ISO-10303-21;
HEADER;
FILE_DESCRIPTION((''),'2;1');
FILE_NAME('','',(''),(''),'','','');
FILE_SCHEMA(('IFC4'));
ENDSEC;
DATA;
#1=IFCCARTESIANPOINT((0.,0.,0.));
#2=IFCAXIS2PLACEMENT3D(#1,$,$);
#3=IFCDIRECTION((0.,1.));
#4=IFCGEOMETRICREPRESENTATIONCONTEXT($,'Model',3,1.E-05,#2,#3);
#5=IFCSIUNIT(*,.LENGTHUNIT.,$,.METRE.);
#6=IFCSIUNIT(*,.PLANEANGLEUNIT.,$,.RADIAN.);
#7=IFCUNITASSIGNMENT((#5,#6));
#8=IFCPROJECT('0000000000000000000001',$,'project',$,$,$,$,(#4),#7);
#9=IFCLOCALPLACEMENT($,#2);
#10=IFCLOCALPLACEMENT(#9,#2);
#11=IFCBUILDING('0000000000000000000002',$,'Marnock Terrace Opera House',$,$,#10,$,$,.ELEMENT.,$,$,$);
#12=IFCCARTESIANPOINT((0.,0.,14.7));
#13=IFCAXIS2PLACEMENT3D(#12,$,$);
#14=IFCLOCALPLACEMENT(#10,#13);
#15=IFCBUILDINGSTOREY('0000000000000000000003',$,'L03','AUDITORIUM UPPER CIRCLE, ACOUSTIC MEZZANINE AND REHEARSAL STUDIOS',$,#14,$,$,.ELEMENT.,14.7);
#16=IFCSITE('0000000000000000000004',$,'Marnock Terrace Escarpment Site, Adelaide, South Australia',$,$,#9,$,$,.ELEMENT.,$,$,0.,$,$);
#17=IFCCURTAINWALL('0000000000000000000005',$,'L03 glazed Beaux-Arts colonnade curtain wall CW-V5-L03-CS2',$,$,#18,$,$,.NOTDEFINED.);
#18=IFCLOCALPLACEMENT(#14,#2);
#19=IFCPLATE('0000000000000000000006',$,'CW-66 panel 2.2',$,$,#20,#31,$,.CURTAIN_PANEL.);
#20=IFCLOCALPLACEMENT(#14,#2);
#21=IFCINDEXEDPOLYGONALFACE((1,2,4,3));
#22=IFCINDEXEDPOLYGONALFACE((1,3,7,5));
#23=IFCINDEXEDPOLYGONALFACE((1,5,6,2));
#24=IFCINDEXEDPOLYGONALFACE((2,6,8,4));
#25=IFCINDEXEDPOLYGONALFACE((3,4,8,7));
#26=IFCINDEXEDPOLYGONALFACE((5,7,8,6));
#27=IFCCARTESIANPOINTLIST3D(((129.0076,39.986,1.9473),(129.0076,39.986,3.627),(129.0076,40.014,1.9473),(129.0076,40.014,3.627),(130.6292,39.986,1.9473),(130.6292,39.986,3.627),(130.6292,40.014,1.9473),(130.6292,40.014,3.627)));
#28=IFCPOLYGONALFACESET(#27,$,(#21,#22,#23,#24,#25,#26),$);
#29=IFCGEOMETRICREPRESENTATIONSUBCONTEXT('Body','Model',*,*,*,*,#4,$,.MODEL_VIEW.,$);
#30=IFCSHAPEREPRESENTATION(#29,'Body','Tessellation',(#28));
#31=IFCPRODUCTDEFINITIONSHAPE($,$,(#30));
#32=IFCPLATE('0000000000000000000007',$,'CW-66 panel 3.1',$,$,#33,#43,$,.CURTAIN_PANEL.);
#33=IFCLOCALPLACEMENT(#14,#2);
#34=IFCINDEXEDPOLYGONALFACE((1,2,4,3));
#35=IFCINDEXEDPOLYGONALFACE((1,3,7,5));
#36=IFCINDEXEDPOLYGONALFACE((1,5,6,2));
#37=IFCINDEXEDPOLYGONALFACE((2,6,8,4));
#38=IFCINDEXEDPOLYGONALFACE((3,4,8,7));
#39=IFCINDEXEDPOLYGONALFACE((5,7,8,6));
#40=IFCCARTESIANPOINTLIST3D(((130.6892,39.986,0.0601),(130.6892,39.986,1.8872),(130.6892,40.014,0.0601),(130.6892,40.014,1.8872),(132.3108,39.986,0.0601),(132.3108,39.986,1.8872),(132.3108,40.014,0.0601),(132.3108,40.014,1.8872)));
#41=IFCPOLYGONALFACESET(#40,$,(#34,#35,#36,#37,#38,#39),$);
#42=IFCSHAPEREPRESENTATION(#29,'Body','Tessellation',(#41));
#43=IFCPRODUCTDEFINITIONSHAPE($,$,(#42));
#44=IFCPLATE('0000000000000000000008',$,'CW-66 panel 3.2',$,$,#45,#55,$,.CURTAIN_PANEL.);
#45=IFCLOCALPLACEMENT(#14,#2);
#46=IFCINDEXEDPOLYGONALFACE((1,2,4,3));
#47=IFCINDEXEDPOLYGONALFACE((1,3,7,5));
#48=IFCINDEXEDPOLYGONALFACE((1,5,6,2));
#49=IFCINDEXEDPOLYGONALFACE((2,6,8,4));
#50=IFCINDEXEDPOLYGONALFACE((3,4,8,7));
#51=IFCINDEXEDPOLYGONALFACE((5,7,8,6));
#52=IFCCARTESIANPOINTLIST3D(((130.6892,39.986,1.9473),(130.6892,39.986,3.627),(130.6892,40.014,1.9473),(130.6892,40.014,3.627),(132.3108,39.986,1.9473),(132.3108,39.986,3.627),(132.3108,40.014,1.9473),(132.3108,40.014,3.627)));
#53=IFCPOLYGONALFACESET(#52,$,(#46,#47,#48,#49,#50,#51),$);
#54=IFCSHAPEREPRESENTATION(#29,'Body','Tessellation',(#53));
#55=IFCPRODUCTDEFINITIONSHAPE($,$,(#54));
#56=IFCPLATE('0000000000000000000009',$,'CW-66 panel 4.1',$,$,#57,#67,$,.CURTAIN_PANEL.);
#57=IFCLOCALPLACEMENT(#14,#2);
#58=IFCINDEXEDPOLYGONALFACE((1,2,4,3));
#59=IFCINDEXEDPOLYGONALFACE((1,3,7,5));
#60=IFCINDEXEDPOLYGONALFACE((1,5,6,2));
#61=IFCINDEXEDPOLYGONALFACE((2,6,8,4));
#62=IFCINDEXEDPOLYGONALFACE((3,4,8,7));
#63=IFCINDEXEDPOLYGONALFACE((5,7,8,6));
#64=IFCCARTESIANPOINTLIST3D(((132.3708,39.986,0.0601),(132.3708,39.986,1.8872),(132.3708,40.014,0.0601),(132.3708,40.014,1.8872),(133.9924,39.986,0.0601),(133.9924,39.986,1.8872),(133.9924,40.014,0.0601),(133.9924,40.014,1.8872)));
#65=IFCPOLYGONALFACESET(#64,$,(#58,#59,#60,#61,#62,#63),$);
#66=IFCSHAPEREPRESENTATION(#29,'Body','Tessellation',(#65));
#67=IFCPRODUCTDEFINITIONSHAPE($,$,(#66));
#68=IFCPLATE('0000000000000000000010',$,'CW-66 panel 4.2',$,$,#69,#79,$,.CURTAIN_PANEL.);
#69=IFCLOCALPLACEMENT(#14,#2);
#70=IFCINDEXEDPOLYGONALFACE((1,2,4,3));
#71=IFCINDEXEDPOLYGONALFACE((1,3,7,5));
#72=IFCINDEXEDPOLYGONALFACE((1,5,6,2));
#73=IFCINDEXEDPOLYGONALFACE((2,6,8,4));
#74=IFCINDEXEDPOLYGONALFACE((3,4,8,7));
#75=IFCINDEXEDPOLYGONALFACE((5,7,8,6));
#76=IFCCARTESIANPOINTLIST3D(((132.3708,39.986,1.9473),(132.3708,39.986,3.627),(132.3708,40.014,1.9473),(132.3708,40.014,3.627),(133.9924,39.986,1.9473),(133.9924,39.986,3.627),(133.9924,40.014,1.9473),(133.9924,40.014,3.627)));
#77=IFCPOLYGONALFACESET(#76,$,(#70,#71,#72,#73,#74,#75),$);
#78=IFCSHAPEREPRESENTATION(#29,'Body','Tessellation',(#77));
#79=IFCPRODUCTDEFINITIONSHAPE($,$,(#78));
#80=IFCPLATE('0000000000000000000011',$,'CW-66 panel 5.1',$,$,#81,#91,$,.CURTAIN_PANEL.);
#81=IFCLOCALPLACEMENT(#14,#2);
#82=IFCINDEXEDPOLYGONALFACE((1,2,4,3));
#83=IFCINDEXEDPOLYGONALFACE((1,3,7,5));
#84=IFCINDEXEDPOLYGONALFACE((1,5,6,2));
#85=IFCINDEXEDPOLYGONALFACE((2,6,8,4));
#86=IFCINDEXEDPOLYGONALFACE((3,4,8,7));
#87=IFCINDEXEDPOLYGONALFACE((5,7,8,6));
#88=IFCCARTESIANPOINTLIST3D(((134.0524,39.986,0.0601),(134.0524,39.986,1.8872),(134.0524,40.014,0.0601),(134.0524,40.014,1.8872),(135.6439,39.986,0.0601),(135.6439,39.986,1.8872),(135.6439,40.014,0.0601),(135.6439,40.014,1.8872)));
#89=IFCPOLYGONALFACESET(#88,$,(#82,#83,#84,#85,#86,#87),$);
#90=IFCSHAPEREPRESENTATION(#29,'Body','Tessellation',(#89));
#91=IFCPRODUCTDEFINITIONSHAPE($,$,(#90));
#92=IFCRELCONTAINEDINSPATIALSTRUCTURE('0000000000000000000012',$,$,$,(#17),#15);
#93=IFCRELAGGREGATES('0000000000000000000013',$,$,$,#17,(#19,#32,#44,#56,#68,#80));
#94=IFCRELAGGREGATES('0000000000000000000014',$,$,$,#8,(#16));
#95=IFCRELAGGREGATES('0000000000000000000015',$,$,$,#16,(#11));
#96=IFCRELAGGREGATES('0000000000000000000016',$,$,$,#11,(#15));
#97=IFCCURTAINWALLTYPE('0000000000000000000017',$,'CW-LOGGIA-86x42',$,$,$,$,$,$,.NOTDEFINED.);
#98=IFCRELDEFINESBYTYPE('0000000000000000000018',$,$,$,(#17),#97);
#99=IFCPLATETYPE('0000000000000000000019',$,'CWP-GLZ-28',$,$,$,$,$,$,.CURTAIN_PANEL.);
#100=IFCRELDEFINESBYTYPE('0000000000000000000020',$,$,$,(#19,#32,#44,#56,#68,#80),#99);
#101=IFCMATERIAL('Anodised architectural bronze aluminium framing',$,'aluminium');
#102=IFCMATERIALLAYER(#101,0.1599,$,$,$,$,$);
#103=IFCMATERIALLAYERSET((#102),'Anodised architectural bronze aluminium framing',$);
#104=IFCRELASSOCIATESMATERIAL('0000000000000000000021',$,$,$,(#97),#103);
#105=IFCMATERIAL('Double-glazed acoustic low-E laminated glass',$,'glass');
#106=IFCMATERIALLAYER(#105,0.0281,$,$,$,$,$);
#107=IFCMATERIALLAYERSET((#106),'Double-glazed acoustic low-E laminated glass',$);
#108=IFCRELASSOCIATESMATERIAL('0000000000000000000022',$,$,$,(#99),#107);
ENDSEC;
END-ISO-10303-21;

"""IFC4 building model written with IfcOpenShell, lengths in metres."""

from ifc_helpers import new_model, si_unit, direction, frame, origin, origin_2d, place, context, subcontext, project, spatial, rectangle, extrude, material, layer, layer_set, type_object, element, aggregate, save


model = new_model("IFC4")

# Units and contexts
model_context = context("Model", 3, precision=1e-05, world=origin(), true_north=direction((0.0, 1.0)))
body_context = subcontext(model_context, "Body", "Model", "MODEL_VIEW")
ifc_project = project(units=[si_unit("LENGTHUNIT", "METRE"), si_unit("PLANEANGLEUNIT", "RADIAN")], contexts=[model_context])

# Site, building, storey
site_placement = place(None, origin())
site = spatial("IfcSite", under=ifc_project, at=site_placement, Name="Marnock Terrace Escarpment Site, Adelaide, South Australia", CompositionType="ELEMENT", RefElevation=0.0)
building_placement = place(site_placement, origin())
building = spatial("IfcBuilding", under=site, at=building_placement, Name="Marnock Terrace Opera House", CompositionType="ELEMENT")
storey_placement = place(building_placement, frame((0.0, 0.0, 14.7)))
storey = spatial("IfcBuildingStorey", under=building, at=storey_placement, Name="L03", Description="AUDITORIUM UPPER CIRCLE, ACOUSTIC MEZZANINE AND REHEARSAL STUDIOS", CompositionType="ELEMENT", Elevation=14.7)

# Shared definitions
ifc_material_1 = material(Name="Anodised architectural bronze aluminium framing", Category="aluminium")
ifc_layer_1 = layer(ifc_material_1, 0.1599)
ifc_layer_set_1 = layer_set([ifc_layer_1], Name="Anodised architectural bronze aluminium framing")
curtain_wall_type = type_object("IfcCurtainWallType", Name="CW-LOGGIA-86x42", PredefinedType="NOTDEFINED", material=ifc_layer_set_1)

# Curtain wall
curtain_wall_1_placement = place(storey_placement, origin())
curtain_wall_1 = element("IfcCurtainWall", 1, at=curtain_wall_1_placement, inside=storey, type_object=curtain_wall_type, Name="L03 glazed Beaux-Arts colonnade curtain wall CW-V5-L03-CS2", PredefinedType="NOTDEFINED")

# Plates
ifc_material_2 = material(Name="Double-glazed acoustic low-E laminated glass", Category="glass")
ifc_layer_2 = layer(ifc_material_2, 0.0281)
ifc_layer_set_2 = layer_set([ifc_layer_2], Name="Double-glazed acoustic low-E laminated glass")
plate_type = type_object("IfcPlateType", Name="CWP-GLZ-28", PredefinedType="CURTAIN_PANEL", material=ifc_layer_set_2)
plate_1_placement = place(storey_placement, frame((129.8184, 40.0, 1.9473), z_axis=(0.0, 0.0, 1.0), x_axis=(1.0, 0.0, 0.0)))
plate_1 = element("IfcPlate", 2, at=plate_1_placement, type_object=plate_type, Name="CW-66 panel 2.2", PredefinedType="CURTAIN_PANEL", context=body_context, shape_type="SweptSolid", body=[
    extrude(rectangle(XDim=1.6216, YDim=0.0281, at=origin_2d()), origin(), (0.0, 0.0, 1.0), 1.6797),
])
plate_2_placement = place(storey_placement, frame((131.5, 40.0, 0.0601), z_axis=(0.0, 0.0, 1.0), x_axis=(1.0, 0.0, 0.0)))
plate_2 = element("IfcPlate", 3, at=plate_2_placement, type_object=plate_type, Name="CW-66 panel 3.1", PredefinedType="CURTAIN_PANEL", context=body_context, shape_type="SweptSolid", body=[
    extrude(rectangle(XDim=1.6216, YDim=0.0281, at=origin_2d()), origin(), (0.0, 0.0, 1.0), 1.8271),
])
plate_3_placement = place(storey_placement, frame((131.5, 40.0, 1.9473), z_axis=(0.0, 0.0, 1.0), x_axis=(1.0, 0.0, 0.0)))
plate_3 = element("IfcPlate", 4, at=plate_3_placement, type_object=plate_type, Name="CW-66 panel 3.2", PredefinedType="CURTAIN_PANEL", context=body_context, shape_type="SweptSolid", body=[
    extrude(rectangle(XDim=1.6216, YDim=0.0281, at=origin_2d()), origin(), (0.0, 0.0, 1.0), 1.6797),
])
plate_4_placement = place(storey_placement, frame((133.1816, 40.0, 0.0601), z_axis=(0.0, 0.0, 1.0), x_axis=(1.0, 0.0, 0.0)))
plate_4 = element("IfcPlate", 5, at=plate_4_placement, type_object=plate_type, Name="CW-66 panel 4.1", PredefinedType="CURTAIN_PANEL", context=body_context, shape_type="SweptSolid", body=[
    extrude(rectangle(XDim=1.6216, YDim=0.0281, at=origin_2d()), origin(), (0.0, 0.0, 1.0), 1.8271),
])
plate_5_placement = place(storey_placement, frame((133.1816, 40.0, 1.9473), z_axis=(0.0, 0.0, 1.0), x_axis=(1.0, 0.0, 0.0)))
plate_5 = element("IfcPlate", 6, at=plate_5_placement, type_object=plate_type, Name="CW-66 panel 4.2", PredefinedType="CURTAIN_PANEL", context=body_context, shape_type="SweptSolid", body=[
    extrude(rectangle(XDim=1.6216, YDim=0.0281, at=origin_2d()), origin(), (0.0, 0.0, 1.0), 1.6797),
])
plate_6_placement = place(storey_placement, frame((134.8481, 40.0, 0.0601), z_axis=(0.0, 0.0, 1.0), x_axis=(1.0, 0.0, 0.0)))
plate_6 = element("IfcPlate", 7, at=plate_6_placement, type_object=plate_type, Name="CW-66 panel 5.1", PredefinedType="CURTAIN_PANEL", context=body_context, shape_type="SweptSolid", body=[
    extrude(rectangle(XDim=1.5916, YDim=0.0281, at=origin_2d()), origin(), (0.0, 0.0, 1.0), 1.8271),
])
aggregate(curtain_wall_1, [plate_1, plate_2, plate_3, plate_4, plate_5, plate_6])

save(model, "model.ifc")
